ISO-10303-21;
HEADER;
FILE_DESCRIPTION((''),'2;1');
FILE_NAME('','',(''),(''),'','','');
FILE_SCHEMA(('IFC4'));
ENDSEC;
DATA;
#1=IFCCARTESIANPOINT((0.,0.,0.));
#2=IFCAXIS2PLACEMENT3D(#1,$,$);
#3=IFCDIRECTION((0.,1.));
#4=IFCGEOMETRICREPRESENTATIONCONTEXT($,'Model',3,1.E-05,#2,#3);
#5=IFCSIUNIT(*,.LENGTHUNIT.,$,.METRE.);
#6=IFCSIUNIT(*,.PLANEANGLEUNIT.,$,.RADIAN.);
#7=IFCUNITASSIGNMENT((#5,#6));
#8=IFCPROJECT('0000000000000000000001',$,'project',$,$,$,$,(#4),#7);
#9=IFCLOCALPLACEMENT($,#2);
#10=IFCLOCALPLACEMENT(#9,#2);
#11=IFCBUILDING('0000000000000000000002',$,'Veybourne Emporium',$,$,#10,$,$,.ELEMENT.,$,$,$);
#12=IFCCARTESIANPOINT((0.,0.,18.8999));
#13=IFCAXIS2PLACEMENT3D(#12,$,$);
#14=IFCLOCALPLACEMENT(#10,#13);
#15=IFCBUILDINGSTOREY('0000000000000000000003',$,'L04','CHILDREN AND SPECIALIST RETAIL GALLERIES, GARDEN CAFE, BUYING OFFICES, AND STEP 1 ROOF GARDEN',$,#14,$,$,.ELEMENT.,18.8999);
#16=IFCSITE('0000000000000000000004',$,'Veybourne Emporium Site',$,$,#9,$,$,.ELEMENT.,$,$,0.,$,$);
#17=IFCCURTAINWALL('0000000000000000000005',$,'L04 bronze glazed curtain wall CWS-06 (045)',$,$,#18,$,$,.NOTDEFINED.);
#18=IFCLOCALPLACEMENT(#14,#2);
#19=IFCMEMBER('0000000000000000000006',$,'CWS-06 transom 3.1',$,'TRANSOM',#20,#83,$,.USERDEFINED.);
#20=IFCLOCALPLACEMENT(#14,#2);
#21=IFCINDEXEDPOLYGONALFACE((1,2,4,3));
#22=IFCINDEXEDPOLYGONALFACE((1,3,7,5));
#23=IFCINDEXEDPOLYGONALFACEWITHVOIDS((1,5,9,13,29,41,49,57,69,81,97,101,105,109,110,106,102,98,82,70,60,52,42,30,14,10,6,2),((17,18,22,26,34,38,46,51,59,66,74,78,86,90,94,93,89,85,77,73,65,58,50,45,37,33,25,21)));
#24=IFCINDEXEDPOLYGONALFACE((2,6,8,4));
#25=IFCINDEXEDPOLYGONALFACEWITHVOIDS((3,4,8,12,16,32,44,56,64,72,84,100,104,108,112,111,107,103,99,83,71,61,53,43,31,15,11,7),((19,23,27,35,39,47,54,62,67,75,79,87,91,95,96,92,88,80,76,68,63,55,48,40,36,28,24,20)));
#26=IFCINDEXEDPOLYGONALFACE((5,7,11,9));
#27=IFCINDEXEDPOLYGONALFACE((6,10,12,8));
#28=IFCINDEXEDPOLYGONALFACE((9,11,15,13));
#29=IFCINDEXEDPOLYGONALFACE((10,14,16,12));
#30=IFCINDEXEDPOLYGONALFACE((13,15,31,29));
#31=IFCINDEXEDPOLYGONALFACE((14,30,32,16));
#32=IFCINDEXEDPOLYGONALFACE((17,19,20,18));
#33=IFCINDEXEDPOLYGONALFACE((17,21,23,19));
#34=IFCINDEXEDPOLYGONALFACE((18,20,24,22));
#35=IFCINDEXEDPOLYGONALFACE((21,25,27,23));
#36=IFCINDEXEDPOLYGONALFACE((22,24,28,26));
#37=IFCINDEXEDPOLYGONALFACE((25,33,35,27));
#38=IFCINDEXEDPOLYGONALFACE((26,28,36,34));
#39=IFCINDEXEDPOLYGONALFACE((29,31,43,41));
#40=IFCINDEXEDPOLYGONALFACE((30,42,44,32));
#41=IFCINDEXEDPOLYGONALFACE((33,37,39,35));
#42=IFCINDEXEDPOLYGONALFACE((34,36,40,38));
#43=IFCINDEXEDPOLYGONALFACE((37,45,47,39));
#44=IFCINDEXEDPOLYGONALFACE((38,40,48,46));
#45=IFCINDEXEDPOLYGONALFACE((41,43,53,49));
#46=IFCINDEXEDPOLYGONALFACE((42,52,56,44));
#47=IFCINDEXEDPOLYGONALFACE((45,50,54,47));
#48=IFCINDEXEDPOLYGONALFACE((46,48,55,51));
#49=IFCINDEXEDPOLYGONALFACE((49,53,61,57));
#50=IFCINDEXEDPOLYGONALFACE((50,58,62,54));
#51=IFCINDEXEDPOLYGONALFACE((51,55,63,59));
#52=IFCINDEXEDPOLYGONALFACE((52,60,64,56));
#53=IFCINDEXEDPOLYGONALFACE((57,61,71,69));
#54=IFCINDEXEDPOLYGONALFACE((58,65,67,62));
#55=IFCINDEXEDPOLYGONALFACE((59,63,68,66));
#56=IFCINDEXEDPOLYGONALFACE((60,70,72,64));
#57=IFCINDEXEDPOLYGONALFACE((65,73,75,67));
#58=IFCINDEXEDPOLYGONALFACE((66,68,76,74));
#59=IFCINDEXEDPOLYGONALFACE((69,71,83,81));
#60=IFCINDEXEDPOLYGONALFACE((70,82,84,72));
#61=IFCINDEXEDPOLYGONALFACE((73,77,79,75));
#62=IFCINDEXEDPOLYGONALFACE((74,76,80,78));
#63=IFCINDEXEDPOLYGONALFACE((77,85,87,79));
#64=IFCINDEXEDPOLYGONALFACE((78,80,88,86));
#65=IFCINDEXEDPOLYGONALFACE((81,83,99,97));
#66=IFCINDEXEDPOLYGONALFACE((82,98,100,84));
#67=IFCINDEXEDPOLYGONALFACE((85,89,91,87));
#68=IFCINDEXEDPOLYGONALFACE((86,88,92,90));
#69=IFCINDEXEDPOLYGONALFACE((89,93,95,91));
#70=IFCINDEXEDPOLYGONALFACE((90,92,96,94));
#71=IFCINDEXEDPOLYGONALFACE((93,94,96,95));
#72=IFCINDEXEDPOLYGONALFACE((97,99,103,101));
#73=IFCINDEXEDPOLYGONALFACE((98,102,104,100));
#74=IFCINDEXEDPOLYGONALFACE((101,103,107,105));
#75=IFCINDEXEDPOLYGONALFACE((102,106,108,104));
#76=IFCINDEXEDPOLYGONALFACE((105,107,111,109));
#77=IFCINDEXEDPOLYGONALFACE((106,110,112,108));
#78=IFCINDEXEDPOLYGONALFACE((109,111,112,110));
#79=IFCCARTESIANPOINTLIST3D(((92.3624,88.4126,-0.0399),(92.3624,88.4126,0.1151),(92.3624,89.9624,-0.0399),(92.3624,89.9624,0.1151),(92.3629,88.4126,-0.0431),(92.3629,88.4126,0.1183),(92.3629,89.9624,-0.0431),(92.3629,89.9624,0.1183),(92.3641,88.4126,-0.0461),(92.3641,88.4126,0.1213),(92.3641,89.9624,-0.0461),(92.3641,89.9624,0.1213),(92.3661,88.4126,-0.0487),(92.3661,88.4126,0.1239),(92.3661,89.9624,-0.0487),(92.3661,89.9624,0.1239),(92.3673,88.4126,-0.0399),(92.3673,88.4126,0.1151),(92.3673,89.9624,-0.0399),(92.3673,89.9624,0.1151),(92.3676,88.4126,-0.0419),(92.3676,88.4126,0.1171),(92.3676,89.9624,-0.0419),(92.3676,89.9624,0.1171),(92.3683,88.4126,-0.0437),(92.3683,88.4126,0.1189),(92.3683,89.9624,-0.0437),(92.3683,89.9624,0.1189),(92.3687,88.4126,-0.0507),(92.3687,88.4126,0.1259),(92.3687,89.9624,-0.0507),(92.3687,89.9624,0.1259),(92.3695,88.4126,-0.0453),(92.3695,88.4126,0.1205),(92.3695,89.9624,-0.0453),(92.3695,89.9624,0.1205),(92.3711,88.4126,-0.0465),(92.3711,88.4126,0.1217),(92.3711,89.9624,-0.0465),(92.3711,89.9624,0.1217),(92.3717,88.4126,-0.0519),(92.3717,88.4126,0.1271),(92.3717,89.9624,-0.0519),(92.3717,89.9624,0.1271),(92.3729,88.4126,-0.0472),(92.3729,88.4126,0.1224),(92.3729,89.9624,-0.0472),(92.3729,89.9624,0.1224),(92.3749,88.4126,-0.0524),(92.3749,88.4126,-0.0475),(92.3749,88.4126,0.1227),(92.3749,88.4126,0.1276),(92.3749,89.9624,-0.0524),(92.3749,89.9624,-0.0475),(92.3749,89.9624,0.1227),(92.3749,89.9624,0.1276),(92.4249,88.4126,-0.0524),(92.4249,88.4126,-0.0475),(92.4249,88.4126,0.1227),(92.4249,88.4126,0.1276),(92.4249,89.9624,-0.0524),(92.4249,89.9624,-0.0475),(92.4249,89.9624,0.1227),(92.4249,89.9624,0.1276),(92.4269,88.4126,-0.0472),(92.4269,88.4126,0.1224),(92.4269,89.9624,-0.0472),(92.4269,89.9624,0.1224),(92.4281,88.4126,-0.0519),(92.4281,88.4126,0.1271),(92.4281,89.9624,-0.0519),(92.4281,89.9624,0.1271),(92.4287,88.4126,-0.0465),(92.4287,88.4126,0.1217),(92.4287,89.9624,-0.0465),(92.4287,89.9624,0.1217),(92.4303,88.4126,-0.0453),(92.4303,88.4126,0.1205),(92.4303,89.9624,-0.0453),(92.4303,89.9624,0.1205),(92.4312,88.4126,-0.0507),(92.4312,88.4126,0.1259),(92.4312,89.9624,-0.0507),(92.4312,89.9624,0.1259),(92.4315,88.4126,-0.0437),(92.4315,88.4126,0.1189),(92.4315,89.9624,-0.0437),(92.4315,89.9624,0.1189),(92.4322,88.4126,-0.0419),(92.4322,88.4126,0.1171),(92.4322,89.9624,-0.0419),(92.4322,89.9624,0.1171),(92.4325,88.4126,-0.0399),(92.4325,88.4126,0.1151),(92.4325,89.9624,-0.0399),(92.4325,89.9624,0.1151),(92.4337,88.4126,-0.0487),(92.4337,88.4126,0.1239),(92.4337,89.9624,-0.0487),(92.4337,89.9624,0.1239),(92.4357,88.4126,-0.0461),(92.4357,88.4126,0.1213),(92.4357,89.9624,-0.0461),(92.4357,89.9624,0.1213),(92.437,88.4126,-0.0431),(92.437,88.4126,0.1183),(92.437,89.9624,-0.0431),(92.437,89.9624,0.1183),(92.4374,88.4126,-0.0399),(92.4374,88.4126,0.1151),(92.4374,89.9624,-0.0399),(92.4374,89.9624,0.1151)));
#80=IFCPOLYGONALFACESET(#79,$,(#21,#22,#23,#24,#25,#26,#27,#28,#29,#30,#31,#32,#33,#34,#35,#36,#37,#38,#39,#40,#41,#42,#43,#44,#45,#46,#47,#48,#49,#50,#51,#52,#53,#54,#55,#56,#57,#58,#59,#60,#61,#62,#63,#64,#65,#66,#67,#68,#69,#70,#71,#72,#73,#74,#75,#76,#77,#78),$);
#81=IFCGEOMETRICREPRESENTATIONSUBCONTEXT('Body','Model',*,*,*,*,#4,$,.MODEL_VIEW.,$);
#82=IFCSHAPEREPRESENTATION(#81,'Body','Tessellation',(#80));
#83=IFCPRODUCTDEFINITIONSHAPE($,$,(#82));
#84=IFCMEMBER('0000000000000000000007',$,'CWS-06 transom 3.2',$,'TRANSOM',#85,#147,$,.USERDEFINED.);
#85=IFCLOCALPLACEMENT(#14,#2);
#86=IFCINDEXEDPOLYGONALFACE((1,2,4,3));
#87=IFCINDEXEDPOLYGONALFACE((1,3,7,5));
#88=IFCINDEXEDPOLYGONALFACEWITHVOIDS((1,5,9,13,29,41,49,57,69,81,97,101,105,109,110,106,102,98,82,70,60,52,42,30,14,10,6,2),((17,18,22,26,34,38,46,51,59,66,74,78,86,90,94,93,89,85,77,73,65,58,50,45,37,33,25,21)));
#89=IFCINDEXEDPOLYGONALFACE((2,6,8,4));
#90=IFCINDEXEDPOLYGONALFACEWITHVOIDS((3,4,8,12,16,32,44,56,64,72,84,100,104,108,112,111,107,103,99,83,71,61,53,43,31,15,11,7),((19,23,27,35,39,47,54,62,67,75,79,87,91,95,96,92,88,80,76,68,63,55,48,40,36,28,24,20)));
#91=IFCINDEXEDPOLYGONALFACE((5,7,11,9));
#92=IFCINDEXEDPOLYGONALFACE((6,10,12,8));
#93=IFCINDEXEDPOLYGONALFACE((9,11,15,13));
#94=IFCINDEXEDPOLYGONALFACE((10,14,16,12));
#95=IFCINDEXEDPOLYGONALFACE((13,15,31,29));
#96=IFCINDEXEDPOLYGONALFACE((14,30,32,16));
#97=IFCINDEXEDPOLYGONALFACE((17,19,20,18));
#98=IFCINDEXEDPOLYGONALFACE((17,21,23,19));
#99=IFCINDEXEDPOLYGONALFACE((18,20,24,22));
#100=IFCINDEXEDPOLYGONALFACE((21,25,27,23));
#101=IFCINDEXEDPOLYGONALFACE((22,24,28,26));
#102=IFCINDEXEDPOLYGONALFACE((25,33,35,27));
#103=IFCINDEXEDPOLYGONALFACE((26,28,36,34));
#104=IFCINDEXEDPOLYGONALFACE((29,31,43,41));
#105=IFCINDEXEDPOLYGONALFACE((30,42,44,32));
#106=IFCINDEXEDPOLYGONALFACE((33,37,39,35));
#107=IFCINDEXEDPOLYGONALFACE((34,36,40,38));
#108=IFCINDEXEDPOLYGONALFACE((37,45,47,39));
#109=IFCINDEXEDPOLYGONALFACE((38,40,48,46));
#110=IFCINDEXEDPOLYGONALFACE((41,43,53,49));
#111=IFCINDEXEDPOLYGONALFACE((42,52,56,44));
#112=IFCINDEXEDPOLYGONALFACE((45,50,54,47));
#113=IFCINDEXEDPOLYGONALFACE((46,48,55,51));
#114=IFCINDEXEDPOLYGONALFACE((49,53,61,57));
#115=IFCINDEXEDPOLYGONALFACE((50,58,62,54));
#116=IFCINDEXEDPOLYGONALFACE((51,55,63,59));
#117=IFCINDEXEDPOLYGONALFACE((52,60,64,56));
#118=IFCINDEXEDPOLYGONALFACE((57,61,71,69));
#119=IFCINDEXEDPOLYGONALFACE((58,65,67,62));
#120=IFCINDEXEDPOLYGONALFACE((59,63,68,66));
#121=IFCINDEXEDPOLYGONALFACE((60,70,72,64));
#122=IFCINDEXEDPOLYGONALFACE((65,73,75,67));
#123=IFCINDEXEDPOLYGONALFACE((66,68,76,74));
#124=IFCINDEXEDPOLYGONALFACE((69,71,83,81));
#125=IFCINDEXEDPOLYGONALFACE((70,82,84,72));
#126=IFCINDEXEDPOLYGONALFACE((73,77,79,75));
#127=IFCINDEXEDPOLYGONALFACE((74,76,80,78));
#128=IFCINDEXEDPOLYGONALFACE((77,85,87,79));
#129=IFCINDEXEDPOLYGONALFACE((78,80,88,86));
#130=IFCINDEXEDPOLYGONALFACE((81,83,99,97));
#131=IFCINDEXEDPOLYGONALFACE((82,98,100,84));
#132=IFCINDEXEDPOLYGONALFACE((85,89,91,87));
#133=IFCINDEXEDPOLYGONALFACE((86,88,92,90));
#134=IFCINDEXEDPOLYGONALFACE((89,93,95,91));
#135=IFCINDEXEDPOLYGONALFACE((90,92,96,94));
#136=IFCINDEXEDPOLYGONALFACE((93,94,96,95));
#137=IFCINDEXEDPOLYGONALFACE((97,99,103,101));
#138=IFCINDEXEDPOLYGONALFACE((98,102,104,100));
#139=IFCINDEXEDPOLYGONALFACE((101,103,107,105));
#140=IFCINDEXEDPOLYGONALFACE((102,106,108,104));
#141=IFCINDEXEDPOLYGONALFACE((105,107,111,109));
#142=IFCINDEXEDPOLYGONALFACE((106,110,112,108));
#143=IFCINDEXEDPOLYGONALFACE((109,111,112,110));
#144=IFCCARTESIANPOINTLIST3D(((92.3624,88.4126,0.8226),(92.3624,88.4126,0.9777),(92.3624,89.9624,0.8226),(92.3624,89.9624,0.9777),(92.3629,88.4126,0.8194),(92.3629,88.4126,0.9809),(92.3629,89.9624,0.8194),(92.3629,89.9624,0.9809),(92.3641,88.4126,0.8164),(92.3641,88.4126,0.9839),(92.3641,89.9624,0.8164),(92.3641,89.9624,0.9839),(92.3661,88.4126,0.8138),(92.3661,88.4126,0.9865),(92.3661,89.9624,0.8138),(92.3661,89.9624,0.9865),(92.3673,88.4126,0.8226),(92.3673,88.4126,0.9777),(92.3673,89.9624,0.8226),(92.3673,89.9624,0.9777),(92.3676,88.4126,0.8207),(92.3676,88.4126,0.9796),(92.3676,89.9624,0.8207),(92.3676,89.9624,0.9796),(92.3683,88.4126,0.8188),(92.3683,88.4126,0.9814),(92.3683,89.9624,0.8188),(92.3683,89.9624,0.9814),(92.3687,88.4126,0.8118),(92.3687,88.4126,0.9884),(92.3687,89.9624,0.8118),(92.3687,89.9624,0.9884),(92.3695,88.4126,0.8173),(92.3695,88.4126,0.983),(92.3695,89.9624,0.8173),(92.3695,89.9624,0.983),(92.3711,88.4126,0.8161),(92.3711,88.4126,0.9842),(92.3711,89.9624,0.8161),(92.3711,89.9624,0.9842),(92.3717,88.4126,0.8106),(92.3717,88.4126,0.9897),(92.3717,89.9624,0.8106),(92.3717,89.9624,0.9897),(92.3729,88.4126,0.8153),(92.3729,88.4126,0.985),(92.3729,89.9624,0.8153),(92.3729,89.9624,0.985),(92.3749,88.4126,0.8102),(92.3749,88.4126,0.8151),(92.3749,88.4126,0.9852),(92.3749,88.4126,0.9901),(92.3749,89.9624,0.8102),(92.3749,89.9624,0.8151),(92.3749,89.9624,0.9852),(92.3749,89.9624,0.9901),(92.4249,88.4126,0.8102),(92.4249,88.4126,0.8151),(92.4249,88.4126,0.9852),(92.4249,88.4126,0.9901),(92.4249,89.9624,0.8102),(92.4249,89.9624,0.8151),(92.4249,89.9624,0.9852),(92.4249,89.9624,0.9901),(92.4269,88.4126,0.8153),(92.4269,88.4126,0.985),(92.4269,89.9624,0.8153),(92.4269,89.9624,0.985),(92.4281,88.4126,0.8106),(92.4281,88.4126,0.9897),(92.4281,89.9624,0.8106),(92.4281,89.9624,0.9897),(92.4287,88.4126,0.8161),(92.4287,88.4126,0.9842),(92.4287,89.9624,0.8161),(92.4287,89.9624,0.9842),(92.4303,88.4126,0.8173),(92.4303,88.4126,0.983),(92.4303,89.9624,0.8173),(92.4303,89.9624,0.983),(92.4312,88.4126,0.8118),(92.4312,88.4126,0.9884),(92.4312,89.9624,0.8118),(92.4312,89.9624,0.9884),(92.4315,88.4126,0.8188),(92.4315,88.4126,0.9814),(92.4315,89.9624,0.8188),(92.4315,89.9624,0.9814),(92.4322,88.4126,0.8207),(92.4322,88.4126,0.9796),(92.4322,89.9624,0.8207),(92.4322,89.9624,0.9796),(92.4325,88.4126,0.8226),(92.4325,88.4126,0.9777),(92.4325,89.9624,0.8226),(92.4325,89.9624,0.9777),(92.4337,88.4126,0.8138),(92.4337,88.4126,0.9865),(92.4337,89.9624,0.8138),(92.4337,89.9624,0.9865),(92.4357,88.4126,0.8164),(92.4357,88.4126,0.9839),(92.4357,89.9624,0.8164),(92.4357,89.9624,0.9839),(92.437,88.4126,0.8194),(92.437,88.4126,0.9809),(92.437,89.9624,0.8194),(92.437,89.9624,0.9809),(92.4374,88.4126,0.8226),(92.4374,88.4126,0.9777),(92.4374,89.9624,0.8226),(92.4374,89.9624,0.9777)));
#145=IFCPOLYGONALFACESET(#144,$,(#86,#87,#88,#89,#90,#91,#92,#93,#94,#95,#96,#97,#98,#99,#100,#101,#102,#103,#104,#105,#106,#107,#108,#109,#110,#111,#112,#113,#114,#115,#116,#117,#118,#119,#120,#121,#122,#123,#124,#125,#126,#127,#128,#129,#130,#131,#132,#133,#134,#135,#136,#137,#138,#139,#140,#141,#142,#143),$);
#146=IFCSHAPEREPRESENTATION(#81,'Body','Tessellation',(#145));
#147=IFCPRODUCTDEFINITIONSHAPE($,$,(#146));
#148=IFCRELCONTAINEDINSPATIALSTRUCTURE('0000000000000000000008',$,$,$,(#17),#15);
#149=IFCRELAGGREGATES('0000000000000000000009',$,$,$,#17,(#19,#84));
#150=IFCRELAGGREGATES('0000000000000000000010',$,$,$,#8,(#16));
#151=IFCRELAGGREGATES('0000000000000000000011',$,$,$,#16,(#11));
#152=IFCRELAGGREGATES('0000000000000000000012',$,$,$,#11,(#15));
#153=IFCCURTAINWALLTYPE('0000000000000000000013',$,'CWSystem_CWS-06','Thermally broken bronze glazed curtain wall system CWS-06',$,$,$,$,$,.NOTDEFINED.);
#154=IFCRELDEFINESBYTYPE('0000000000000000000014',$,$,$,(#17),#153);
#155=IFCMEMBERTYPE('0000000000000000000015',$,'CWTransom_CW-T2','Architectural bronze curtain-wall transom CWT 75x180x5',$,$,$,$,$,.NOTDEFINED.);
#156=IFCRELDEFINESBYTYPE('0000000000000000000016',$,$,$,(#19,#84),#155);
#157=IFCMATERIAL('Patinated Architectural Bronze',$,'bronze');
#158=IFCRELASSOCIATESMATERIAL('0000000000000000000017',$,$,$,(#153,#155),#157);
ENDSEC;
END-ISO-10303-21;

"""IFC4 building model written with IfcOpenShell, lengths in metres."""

from ifc_helpers import new_model, si_unit, direction, frame, origin, origin_2d, place, context, subcontext, project, spatial, hollow_rectangle, extrude, material, material_profile, profile_set, type_object, element, aggregate, save


model = new_model("IFC4")

# Units and contexts
model_context = context("Model", 3, precision=1e-05, world=origin(), true_north=direction((0.0, 1.0)))
body_context = subcontext(model_context, "Body", "Model", "MODEL_VIEW")
ifc_project = project(units=[si_unit("LENGTHUNIT", "METRE"), si_unit("PLANEANGLEUNIT", "RADIAN")], contexts=[model_context])

# Site, building, storey
site_placement = place(None, origin())
site = spatial("IfcSite", under=ifc_project, at=site_placement, Name="Veybourne Emporium Site", CompositionType="ELEMENT", RefElevation=0.0)
building_placement = place(site_placement, origin())
building = spatial("IfcBuilding", under=site, at=building_placement, Name="Veybourne Emporium", CompositionType="ELEMENT")
storey_placement = place(building_placement, frame((0.0, 0.0, 18.8999)))
storey = spatial("IfcBuildingStorey", under=building, at=storey_placement, Name="L04", Description="CHILDREN AND SPECIALIST RETAIL GALLERIES, GARDEN CAFE, BUYING OFFICES, AND STEP 1 ROOF GARDEN", CompositionType="ELEMENT", Elevation=18.8999)

# Curtain wall, members
ifc_material_1 = material(Name="Patinated Architectural Bronze", Category="bronze")
curtain_wall_type = type_object("IfcCurtainWallType", Name="CWSystem_CWS-06", Description="Thermally broken bronze glazed curtain wall system CWS-06", PredefinedType="NOTDEFINED", material=ifc_material_1)
curtain_wall_placement = place(storey_placement, origin())
curtain_wall = element("IfcCurtainWall", 1, at=curtain_wall_placement, inside=storey, type_object=curtain_wall_type, Name="L04 bronze glazed curtain wall CWS-06 (045)", PredefinedType="NOTDEFINED")
ifc_material_profile_1 = material_profile(ifc_material_1, hollow_rectangle(XDim=0.075, YDim=0.1799, WallThickness=0.0049, InnerFilletRadius=0.0076, OuterFilletRadius=0.0125, at=origin_2d()), Name="CWT 75x180x5")
ifc_profile_set_1 = profile_set([ifc_material_profile_1], Name="Patinated Architectural Bronze")
member_type_1 = type_object("IfcMemberType", Name="CWTransom_CW-T2", Description="Architectural bronze curtain-wall transom CWT 75x180x5", PredefinedType="NOTDEFINED", material=ifc_profile_set_1)
member_1_placement = place(storey_placement, frame((92.3999, 89.9624, 0.0376), z_axis=(0.0, -1.0, 0.0), x_axis=(1.0, 0.0, 0.0)))
member_1 = element("IfcMember", 2, at=member_1_placement, type_object=member_type_1, Name="CWS-06 transom 3.1", ObjectType="TRANSOM", PredefinedType="USERDEFINED", context=body_context, shape_type="SweptSolid", body=[
    extrude(hollow_rectangle(XDim=0.075, YDim=0.1799, WallThickness=0.0049, InnerFilletRadius=0.0076, OuterFilletRadius=0.0125, at=origin_2d()), origin(), (0.0, 0.0, 1.0), 1.5498),
])
member_2_placement = place(storey_placement, frame((92.3999, 89.9624, 0.9001), z_axis=(0.0, -1.0, 0.0), x_axis=(1.0, 0.0, 0.0)))
member_2 = element("IfcMember", 3, at=member_2_placement, type_object=member_type_1, Name="CWS-06 transom 3.2", ObjectType="TRANSOM", PredefinedType="USERDEFINED", context=body_context, shape_type="SweptSolid", body=[
    extrude(hollow_rectangle(XDim=0.075, YDim=0.1799, WallThickness=0.0049, InnerFilletRadius=0.0076, OuterFilletRadius=0.0125, at=origin_2d()), origin(), (0.0, 0.0, 1.0), 1.5498),
])
aggregate(curtain_wall, [member_1, member_2])

save(model, "model.ifc")
